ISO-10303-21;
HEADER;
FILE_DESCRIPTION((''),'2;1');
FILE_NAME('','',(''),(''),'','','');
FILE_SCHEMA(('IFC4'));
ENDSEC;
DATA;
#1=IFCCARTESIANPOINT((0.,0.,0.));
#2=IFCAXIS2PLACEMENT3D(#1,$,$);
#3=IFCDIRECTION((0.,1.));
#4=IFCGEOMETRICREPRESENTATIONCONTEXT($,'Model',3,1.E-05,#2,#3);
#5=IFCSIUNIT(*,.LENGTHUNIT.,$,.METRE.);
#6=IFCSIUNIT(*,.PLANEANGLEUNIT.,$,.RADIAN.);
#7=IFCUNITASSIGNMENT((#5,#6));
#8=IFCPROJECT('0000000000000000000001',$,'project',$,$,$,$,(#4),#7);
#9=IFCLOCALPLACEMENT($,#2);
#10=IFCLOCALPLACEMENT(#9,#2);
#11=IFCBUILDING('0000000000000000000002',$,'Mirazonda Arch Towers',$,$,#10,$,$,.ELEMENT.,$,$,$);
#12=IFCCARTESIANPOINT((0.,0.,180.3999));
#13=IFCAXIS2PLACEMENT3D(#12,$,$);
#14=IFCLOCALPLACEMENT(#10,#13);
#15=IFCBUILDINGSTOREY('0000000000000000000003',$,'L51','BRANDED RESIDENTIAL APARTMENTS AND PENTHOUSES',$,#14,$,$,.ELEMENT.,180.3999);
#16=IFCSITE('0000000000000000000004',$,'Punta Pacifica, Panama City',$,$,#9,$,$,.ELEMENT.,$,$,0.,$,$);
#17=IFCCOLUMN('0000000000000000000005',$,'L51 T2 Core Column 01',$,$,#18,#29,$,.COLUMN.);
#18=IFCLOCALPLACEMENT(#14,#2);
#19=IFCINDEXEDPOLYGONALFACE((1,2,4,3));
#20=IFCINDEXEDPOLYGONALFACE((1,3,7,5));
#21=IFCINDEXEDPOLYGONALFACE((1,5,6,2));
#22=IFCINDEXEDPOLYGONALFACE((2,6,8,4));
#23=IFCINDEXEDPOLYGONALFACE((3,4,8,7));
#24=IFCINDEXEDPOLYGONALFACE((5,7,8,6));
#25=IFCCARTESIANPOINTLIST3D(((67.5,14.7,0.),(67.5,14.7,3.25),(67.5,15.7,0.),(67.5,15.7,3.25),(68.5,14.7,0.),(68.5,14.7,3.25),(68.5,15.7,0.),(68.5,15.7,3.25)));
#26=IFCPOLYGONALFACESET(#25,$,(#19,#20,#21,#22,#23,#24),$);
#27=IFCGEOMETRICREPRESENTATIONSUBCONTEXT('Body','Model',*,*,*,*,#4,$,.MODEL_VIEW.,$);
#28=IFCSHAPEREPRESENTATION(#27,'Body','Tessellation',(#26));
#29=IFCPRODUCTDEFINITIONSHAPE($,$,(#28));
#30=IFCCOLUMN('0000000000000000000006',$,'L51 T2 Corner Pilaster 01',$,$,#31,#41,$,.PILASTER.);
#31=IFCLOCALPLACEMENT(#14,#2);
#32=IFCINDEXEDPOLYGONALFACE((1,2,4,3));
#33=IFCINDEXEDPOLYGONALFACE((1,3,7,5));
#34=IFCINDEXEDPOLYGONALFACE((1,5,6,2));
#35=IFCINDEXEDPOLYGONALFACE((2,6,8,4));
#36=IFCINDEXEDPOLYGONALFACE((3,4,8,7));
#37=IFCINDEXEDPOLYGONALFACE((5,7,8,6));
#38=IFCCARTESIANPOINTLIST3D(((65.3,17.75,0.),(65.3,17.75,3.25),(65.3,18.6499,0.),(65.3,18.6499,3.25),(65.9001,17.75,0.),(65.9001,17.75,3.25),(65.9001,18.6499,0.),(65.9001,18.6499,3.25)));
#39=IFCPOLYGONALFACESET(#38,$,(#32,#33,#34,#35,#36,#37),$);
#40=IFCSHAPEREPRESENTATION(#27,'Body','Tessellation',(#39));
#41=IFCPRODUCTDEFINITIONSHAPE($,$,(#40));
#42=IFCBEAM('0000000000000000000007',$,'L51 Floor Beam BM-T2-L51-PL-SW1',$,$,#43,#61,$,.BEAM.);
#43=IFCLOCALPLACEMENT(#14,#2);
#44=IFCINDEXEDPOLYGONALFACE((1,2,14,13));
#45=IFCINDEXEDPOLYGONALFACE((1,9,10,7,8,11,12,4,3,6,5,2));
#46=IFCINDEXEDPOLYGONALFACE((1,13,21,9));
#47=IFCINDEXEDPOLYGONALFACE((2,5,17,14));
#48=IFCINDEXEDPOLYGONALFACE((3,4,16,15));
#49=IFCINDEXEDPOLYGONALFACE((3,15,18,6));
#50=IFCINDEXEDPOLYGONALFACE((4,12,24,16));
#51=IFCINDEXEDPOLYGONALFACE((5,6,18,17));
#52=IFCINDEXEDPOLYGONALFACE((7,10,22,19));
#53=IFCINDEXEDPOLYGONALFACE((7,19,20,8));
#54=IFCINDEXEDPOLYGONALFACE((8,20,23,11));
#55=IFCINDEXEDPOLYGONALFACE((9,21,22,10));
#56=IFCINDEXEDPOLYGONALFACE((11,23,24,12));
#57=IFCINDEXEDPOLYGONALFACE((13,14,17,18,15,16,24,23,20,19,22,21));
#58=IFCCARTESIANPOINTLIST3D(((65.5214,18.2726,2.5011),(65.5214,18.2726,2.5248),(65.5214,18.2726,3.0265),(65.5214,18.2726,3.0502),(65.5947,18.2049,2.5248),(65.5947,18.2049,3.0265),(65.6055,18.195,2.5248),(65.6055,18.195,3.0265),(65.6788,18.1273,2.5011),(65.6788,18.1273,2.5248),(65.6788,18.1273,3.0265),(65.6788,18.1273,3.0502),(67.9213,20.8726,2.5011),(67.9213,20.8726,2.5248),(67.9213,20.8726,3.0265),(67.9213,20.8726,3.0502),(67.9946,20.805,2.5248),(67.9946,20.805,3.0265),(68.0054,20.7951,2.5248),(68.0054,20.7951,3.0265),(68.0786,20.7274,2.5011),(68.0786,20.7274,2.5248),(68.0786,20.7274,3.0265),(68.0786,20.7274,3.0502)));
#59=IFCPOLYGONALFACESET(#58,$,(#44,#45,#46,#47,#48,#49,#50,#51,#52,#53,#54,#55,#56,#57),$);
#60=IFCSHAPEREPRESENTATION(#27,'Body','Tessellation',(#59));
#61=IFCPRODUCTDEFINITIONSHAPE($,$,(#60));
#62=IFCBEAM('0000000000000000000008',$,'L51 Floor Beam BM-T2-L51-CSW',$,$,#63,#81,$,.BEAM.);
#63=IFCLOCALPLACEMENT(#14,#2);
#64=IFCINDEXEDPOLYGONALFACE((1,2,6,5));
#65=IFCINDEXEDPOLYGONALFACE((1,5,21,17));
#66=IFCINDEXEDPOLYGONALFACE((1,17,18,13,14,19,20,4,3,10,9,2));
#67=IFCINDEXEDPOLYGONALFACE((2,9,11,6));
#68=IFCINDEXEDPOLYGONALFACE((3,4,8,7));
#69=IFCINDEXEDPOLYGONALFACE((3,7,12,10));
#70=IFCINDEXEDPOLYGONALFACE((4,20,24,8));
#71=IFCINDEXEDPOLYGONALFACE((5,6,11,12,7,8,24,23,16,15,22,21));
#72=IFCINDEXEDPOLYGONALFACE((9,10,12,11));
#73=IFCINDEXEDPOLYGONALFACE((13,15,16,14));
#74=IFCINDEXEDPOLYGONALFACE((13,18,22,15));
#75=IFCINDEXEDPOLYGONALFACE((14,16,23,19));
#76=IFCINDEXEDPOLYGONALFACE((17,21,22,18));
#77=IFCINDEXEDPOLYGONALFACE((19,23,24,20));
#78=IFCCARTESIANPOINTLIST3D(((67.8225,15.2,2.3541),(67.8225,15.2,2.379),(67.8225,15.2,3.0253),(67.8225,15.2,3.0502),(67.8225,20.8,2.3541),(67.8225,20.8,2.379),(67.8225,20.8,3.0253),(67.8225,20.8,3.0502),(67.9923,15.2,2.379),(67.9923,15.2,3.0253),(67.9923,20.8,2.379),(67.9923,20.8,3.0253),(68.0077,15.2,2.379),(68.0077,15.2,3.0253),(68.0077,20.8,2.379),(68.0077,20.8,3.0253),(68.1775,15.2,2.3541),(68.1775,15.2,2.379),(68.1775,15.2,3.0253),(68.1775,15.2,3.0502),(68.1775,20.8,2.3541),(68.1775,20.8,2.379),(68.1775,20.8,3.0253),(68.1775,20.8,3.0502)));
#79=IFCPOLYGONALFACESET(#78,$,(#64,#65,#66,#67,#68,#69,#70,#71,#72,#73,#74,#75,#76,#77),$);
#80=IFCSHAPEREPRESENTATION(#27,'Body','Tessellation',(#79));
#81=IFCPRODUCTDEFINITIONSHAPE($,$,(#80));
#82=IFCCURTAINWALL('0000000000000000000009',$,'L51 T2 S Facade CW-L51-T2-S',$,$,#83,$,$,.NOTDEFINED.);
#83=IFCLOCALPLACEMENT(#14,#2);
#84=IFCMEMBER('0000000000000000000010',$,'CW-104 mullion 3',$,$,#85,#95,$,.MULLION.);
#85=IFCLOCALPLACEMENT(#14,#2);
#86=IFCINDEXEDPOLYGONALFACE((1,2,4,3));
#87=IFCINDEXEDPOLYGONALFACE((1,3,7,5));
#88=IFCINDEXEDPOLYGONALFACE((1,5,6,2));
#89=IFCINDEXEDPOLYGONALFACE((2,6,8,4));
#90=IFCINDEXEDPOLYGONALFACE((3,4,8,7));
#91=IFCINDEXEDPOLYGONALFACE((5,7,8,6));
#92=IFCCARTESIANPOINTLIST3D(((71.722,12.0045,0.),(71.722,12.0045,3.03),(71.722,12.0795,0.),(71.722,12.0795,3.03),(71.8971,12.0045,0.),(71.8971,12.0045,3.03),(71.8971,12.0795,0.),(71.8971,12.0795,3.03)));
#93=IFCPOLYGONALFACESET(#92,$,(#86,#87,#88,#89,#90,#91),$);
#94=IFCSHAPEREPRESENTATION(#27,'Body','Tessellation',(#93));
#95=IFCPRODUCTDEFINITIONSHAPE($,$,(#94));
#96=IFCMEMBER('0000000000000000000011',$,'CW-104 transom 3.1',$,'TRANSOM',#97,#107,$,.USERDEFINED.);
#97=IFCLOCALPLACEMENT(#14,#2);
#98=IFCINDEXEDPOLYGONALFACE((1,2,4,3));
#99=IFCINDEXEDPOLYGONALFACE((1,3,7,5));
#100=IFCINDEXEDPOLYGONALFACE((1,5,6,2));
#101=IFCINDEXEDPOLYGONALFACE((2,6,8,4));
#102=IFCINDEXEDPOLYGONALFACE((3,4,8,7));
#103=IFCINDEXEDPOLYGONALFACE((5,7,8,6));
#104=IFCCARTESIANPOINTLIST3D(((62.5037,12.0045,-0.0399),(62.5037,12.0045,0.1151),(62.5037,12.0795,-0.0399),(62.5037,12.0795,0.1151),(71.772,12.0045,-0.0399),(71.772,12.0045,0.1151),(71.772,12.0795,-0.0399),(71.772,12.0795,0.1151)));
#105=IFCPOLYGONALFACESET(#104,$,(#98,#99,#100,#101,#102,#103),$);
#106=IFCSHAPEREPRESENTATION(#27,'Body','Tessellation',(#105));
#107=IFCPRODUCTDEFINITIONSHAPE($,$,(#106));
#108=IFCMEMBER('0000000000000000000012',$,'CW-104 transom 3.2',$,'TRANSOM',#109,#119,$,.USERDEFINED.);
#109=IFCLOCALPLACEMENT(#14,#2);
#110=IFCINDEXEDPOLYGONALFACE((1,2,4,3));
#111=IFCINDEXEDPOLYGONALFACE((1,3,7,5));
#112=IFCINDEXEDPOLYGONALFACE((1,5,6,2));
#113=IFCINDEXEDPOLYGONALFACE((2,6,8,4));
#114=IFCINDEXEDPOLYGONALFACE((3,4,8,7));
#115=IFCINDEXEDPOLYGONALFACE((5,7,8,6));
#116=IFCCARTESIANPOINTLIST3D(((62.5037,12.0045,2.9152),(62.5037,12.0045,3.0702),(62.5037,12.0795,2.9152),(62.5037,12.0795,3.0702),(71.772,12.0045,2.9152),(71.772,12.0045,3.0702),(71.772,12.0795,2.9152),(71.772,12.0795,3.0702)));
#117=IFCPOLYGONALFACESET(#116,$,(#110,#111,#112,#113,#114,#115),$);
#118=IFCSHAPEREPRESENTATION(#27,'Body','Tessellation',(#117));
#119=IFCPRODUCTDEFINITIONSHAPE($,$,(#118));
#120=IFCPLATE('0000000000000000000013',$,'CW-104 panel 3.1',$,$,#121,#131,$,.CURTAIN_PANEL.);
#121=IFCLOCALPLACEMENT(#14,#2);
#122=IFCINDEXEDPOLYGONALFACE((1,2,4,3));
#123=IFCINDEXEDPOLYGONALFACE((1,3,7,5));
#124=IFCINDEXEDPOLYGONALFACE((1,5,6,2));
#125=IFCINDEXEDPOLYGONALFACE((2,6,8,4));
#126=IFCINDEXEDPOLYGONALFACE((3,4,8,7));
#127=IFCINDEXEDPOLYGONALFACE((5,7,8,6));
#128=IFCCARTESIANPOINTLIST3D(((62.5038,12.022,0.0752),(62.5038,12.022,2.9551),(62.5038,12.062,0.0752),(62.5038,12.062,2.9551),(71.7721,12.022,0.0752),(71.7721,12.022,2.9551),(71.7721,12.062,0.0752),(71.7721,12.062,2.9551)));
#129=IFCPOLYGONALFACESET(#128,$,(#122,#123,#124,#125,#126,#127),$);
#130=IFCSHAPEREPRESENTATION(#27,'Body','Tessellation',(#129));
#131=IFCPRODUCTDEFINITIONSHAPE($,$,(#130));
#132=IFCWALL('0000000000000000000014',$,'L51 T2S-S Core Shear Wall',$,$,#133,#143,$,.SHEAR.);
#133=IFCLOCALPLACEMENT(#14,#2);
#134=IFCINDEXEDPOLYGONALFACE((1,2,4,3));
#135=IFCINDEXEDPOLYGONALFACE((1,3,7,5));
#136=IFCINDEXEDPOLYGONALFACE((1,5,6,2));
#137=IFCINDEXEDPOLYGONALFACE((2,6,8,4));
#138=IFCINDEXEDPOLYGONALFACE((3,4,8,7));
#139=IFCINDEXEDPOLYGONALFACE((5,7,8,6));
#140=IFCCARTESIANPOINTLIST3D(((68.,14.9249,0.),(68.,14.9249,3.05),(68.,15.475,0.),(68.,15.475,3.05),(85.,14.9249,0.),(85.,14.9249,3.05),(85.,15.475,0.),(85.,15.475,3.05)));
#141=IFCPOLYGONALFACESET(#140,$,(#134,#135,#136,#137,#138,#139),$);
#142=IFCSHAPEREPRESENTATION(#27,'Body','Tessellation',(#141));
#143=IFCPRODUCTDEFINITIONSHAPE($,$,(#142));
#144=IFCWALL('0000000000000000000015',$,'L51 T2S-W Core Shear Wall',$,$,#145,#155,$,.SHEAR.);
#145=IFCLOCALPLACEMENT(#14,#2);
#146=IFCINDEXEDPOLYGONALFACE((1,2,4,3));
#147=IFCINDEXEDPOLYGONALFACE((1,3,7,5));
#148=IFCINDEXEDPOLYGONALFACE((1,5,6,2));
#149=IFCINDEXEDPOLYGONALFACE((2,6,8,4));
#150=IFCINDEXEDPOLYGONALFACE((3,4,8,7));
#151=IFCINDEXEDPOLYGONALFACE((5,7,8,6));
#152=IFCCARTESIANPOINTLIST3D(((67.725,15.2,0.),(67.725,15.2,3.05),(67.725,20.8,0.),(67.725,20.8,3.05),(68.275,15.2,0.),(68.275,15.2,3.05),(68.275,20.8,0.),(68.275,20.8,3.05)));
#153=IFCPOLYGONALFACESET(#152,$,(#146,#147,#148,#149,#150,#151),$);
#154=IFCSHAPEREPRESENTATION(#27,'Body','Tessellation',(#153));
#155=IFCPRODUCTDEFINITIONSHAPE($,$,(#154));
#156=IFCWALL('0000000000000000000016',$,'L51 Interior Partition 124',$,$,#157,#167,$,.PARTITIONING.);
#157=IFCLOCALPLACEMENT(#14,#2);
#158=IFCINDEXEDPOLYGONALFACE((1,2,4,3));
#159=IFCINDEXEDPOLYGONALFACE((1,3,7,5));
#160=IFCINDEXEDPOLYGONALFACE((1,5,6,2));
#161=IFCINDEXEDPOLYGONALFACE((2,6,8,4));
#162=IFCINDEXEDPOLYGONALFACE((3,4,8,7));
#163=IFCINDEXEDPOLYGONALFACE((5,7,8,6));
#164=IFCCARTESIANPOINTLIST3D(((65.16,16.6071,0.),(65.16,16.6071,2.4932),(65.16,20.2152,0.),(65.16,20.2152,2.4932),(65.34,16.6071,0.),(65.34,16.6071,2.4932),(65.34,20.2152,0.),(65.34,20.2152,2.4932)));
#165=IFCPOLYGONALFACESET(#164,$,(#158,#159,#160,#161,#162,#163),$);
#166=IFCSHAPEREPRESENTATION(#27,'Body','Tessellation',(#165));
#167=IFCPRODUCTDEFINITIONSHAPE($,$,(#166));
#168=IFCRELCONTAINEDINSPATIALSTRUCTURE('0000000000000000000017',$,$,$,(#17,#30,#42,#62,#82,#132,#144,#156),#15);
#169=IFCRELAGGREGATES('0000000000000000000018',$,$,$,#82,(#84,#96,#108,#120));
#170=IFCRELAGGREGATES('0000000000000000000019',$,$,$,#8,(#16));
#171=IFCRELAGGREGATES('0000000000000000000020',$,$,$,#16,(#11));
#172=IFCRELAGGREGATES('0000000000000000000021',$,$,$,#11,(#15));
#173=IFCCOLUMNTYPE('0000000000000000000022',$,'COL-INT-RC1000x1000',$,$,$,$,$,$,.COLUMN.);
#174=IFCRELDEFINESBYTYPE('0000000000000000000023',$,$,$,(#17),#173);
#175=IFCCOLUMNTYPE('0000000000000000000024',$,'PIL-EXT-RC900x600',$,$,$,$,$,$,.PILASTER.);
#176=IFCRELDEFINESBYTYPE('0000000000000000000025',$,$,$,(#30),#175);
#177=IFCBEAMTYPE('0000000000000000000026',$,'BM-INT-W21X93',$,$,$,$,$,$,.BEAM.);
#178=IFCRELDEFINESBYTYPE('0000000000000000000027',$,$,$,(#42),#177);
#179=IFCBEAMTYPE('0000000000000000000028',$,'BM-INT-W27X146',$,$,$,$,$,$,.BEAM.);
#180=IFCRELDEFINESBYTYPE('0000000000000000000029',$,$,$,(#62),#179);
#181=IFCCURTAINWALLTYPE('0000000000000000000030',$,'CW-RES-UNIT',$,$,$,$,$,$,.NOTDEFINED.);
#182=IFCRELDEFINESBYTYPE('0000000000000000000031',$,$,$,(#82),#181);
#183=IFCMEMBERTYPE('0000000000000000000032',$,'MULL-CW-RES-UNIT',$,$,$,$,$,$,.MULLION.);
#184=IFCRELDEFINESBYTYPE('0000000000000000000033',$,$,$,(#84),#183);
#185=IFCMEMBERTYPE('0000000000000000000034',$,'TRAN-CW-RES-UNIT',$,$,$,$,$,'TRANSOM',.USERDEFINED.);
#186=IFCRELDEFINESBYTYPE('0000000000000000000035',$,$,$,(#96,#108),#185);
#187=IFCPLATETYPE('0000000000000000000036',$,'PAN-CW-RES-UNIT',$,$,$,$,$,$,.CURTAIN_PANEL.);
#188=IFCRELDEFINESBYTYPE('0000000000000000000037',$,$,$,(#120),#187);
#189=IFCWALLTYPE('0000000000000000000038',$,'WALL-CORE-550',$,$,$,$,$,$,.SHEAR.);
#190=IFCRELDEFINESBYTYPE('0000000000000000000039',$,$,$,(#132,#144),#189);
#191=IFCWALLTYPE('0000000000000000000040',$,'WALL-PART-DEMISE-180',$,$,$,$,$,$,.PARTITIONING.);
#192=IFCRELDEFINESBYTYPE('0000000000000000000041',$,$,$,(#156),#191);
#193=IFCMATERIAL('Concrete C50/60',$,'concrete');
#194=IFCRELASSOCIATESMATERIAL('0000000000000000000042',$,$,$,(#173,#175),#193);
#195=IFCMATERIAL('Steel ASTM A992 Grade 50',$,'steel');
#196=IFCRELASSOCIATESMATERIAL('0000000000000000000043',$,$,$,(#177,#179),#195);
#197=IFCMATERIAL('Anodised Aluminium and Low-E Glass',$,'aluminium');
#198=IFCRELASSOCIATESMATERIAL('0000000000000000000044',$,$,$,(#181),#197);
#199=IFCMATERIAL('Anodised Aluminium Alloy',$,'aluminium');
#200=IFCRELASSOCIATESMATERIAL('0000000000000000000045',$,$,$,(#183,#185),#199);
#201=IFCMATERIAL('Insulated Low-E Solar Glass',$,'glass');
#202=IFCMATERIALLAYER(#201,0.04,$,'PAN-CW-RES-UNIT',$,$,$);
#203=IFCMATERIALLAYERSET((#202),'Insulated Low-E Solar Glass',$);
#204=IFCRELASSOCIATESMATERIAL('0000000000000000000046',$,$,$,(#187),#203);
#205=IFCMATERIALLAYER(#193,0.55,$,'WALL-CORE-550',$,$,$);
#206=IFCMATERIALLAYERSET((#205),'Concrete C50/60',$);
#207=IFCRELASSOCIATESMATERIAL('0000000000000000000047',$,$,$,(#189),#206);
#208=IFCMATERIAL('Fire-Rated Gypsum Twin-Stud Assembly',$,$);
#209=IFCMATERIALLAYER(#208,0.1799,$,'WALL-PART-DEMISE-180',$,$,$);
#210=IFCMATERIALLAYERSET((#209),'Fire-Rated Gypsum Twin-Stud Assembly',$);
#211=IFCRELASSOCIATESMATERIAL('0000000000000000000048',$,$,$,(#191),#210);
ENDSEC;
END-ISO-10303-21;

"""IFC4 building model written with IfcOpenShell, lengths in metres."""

from ifc_helpers import new_model, si_unit, direction, frame, frame_2d, origin, origin_2d, place, context, subcontext, project, spatial, rectangle, i_section, extrude, material, layer, layer_set, material_profile, profile_set, type_object, element, aggregate, save


model = new_model("IFC4")

# Units and contexts
model_context = context("Model", 3, precision=1e-05, world=origin(), true_north=direction((0.0, 1.0)))
body_context = subcontext(model_context, "Body", "Model", "MODEL_VIEW")
ifc_project = project(units=[si_unit("LENGTHUNIT", "METRE"), si_unit("PLANEANGLEUNIT", "RADIAN")], contexts=[model_context])

# Site, building, storey
site_placement = place(None, origin())
site = spatial("IfcSite", under=ifc_project, at=site_placement, Name="Punta Pacifica, Panama City", CompositionType="ELEMENT", RefElevation=0.0)
building_placement = place(site_placement, origin())
building = spatial("IfcBuilding", under=site, at=building_placement, Name="Mirazonda Arch Towers", CompositionType="ELEMENT")
storey_placement = place(building_placement, frame((0.0, 0.0, 180.3999)))
storey = spatial("IfcBuildingStorey", under=building, at=storey_placement, Name="L51", Description="BRANDED RESIDENTIAL APARTMENTS AND PENTHOUSES", CompositionType="ELEMENT", Elevation=180.3999)

# Columns
ifc_material_1 = material(Name="Concrete C50/60", Category="concrete")
ifc_material_profile_1 = material_profile(ifc_material_1, rectangle(XDim=1.0, YDim=1.0, at=origin_2d()), Name="RC1000x1000")
ifc_profile_set_1 = profile_set([ifc_material_profile_1], Name="Concrete C50/60")
column_type_1 = type_object("IfcColumnType", Name="COL-INT-RC1000x1000", PredefinedType="COLUMN", material=ifc_profile_set_1)
column_1_placement = place(storey_placement, frame((68.0, 15.2, 0.0), z_axis=(0.0, 0.0, 1.0), x_axis=(1.0, 0.0, 0.0)))
element("IfcColumn", 1, at=column_1_placement, inside=storey, type_object=column_type_1, Name="L51 T2 Core Column 01", PredefinedType="COLUMN", context=body_context, shape_type="SweptSolid", body=[
    extrude(rectangle(XDim=1.0, YDim=1.0, at=origin_2d()), origin(), (0.0, 0.0, 1.0), 3.25),
])
ifc_material_profile_2 = material_profile(ifc_material_1, rectangle(XDim=0.6001, YDim=0.8999, at=origin_2d()), Name="RC900x600")
ifc_profile_set_2 = profile_set([ifc_material_profile_2], Name="Concrete C50/60")
column_type_2 = type_object("IfcColumnType", Name="PIL-EXT-RC900x600", PredefinedType="PILASTER", material=ifc_profile_set_2)
column_2_placement = place(storey_placement, frame((65.6001, 18.2, 0.0), z_axis=(0.0, 0.0, 1.0), x_axis=(1.0, 0.0, 0.0)))
element("IfcColumn", 2, at=column_2_placement, inside=storey, type_object=column_type_2, Name="L51 T2 Corner Pilaster 01", PredefinedType="PILASTER", context=body_context, shape_type="SweptSolid", body=[
    extrude(rectangle(XDim=0.6001, YDim=0.8999, at=origin_2d()), origin(), (0.0, 0.0, 1.0), 3.25),
])

# Beams
ifc_material_2 = material(Name="Steel ASTM A992 Grade 50", Category="steel")
ifc_material_profile_3 = material_profile(ifc_material_2, i_section(OverallWidth=0.2141, OverallDepth=0.5491, WebThickness=0.0146, FlangeThickness=0.0237, at=origin_2d()), Name="W21X93")
ifc_profile_set_3 = profile_set([ifc_material_profile_3], Name="Steel ASTM A992 Grade 50")
beam_type_1 = type_object("IfcBeamType", Name="BM-INT-W21X93", PredefinedType="BEAM", material=ifc_profile_set_3)
beam_1_placement = place(storey_placement, frame((65.6001, 18.2, 2.7756), z_axis=(0.678251, 0.73483, 0.0), x_axis=(-0.73483, 0.678251, 0.0)))
element("IfcBeam", 3, at=beam_1_placement, inside=storey, type_object=beam_type_1, Name="L51 Floor Beam BM-T2-L51-PL-SW1", PredefinedType="BEAM", context=body_context, shape_type="SweptSolid", body=[
    extrude(i_section(OverallWidth=0.2141, OverallDepth=0.5491, WebThickness=0.0146, FlangeThickness=0.0237, at=origin_2d()), origin(), (0.0, 0.0, 1.0), 3.5383),
])
ifc_material_profile_4 = material_profile(ifc_material_2, i_section(OverallWidth=0.355, OverallDepth=0.696, WebThickness=0.0154, FlangeThickness=0.0249, at=origin_2d()), Name="W27X146")
ifc_profile_set_4 = profile_set([ifc_material_profile_4], Name="Steel ASTM A992 Grade 50")
beam_type_2 = type_object("IfcBeamType", Name="BM-INT-W27X146", PredefinedType="BEAM", material=ifc_profile_set_4)
beam_2_placement = place(storey_placement, frame((68.0, 15.2, 2.7021), z_axis=(0.0, 1.0, 0.0), x_axis=(-1.0, 0.0, 0.0)))
element("IfcBeam", 4, at=beam_2_placement, inside=storey, type_object=beam_type_2, Name="L51 Floor Beam BM-T2-L51-CSW", PredefinedType="BEAM", context=body_context, shape_type="SweptSolid", body=[
    extrude(i_section(OverallWidth=0.355, OverallDepth=0.696, WebThickness=0.0154, FlangeThickness=0.0249, at=origin_2d()), origin(), (0.0, 0.0, 1.0), 5.6001),
])

# Curtain wall, members, plate
ifc_material_3 = material(Name="Anodised Aluminium and Low-E Glass", Category="aluminium")
curtain_wall_type = type_object("IfcCurtainWallType", Name="CW-RES-UNIT", PredefinedType="NOTDEFINED", material=ifc_material_3)
curtain_wall_placement = place(storey_placement, origin())
curtain_wall = element("IfcCurtainWall", 5, at=curtain_wall_placement, inside=storey, type_object=curtain_wall_type, Name="L51 T2 S Facade CW-L51-T2-S", PredefinedType="NOTDEFINED")
ifc_material_4 = material(Name="Anodised Aluminium Alloy", Category="aluminium")
ifc_material_profile_5 = material_profile(ifc_material_4, rectangle(XDim=0.075, YDim=0.175, at=origin_2d()), Name="ALU-MULL-75x175")
ifc_profile_set_5 = profile_set([ifc_material_profile_5], Name="Anodised Aluminium Alloy")
member_type_1 = type_object("IfcMemberType", Name="MULL-CW-RES-UNIT", PredefinedType="MULLION", material=ifc_profile_set_5)
member_1_placement = place(storey_placement, frame((71.8096, 12.042, 0.0), z_axis=(0.0, 0.0, 1.0), x_axis=(0.0, -1.0, 0.0)))
member_1 = element("IfcMember", 6, at=member_1_placement, type_object=member_type_1, Name="CW-104 mullion 3", PredefinedType="MULLION", context=body_context, shape_type="SweptSolid", body=[
    extrude(rectangle(XDim=0.075, YDim=0.175, at=origin_2d()), origin(), (0.0, 0.0, 1.0), 3.03),
])
ifc_material_profile_6 = material_profile(ifc_material_4, rectangle(XDim=0.075, YDim=0.155, at=origin_2d()), Name="ALU-TRAN-75x155")
ifc_profile_set_6 = profile_set([ifc_material_profile_6], Name="Anodised Aluminium Alloy")
member_type_2 = type_object("IfcMemberType", Name="TRAN-CW-RES-UNIT", ElementType="TRANSOM", PredefinedType="USERDEFINED", material=ifc_profile_set_6)
member_2_placement = place(storey_placement, frame((71.772, 12.042, 0.0376), z_axis=(-1.0, 0.0, 0.0), x_axis=(0.0, -1.0, 0.0)))
member_2 = element("IfcMember", 7, at=member_2_placement, type_object=member_type_2, Name="CW-104 transom 3.1", ObjectType="TRANSOM", PredefinedType="USERDEFINED", context=body_context, shape_type="SweptSolid", body=[
    extrude(rectangle(XDim=0.075, YDim=0.155, at=origin_2d()), origin(), (0.0, 0.0, 1.0), 9.2683),
])
member_3_placement = place(storey_placement, frame((71.772, 12.042, 2.9927), z_axis=(-1.0, 0.0, 0.0), x_axis=(0.0, -1.0, 0.0)))
member_3 = element("IfcMember", 8, at=member_3_placement, type_object=member_type_2, Name="CW-104 transom 3.2", ObjectType="TRANSOM", PredefinedType="USERDEFINED", context=body_context, shape_type="SweptSolid", body=[
    extrude(rectangle(XDim=0.075, YDim=0.155, at=origin_2d()), origin(), (0.0, 0.0, 1.0), 9.2683),
])
ifc_material_5 = material(Name="Insulated Low-E Solar Glass", Category="glass")
ifc_layer_1 = layer(ifc_material_5, 0.04, Name="PAN-CW-RES-UNIT")
ifc_layer_set_1 = layer_set([ifc_layer_1], Name="Insulated Low-E Solar Glass")
plate_type = type_object("IfcPlateType", Name="PAN-CW-RES-UNIT", PredefinedType="CURTAIN_PANEL", material=ifc_layer_set_1)
plate_placement = place(storey_placement, frame((67.1379, 12.042, 0.0752), z_axis=(0.0, 0.0, 1.0), x_axis=(-1.0, 0.0, 0.0)))
plate = element("IfcPlate", 9, at=plate_placement, type_object=plate_type, Name="CW-104 panel 3.1", PredefinedType="CURTAIN_PANEL", context=body_context, shape_type="SweptSolid", body=[
    extrude(rectangle(XDim=9.2683, YDim=0.04, at=origin_2d()), origin(), (0.0, 0.0, 1.0), 2.8799),
])
aggregate(curtain_wall, [member_1, member_2, member_3, plate])

# Walls
ifc_layer_2 = layer(ifc_material_1, 0.55, Name="WALL-CORE-550")
ifc_layer_set_2 = layer_set([ifc_layer_2], Name="Concrete C50/60")
wall_type_1 = type_object("IfcWallType", Name="WALL-CORE-550", PredefinedType="SHEAR", material=ifc_layer_set_2)
wall_1_placement = place(storey_placement, frame((68.0, 15.2, 0.0), z_axis=(0.0, 0.0, 1.0), x_axis=(1.0, 0.0, 0.0)))
element("IfcWall", 10, at=wall_1_placement, inside=storey, type_object=wall_type_1, Name="L51 T2S-S Core Shear Wall", PredefinedType="SHEAR", context=body_context, shape_type="SweptSolid", body=[
    extrude(rectangle(XDim=17.0, YDim=0.55, at=frame_2d((8.5, 0.0))), origin(), (0.0, 0.0, 1.0), 3.05),
])
wall_2_placement = place(storey_placement, frame((68.0, 15.2, 0.0), z_axis=(0.0, 0.0, 1.0), x_axis=(0.0, 1.0, 0.0)))
element("IfcWall", 11, at=wall_2_placement, inside=storey, type_object=wall_type_1, Name="L51 T2S-W Core Shear Wall", PredefinedType="SHEAR", context=body_context, shape_type="SweptSolid", body=[
    extrude(rectangle(XDim=5.6001, YDim=0.55, at=frame_2d((2.8, 0.0))), origin(), (0.0, 0.0, 1.0), 3.05),
])
ifc_material_6 = material(Name="Fire-Rated Gypsum Twin-Stud Assembly")
ifc_layer_3 = layer(ifc_material_6, 0.1799, Name="WALL-PART-DEMISE-180")
ifc_layer_set_3 = layer_set([ifc_layer_3], Name="Fire-Rated Gypsum Twin-Stud Assembly")
wall_type_2 = type_object("IfcWallType", Name="WALL-PART-DEMISE-180", PredefinedType="PARTITIONING", material=ifc_layer_set_3)
wall_3_placement = place(storey_placement, frame((65.25, 16.6069, 0.0), z_axis=(0.0, 0.0, 1.0), x_axis=(0.0, 1.0, 0.0)))
element("IfcWall", 12, at=wall_3_placement, inside=storey, type_object=wall_type_2, Name="L51 Interior Partition 124", PredefinedType="PARTITIONING", context=body_context, shape_type="SweptSolid", body=[
    extrude(rectangle(XDim=3.6082, YDim=0.1799, at=frame_2d((1.8042, 0.0))), origin(), (0.0, 0.0, 1.0), 2.4932),
])

save(model, "model.ifc")
